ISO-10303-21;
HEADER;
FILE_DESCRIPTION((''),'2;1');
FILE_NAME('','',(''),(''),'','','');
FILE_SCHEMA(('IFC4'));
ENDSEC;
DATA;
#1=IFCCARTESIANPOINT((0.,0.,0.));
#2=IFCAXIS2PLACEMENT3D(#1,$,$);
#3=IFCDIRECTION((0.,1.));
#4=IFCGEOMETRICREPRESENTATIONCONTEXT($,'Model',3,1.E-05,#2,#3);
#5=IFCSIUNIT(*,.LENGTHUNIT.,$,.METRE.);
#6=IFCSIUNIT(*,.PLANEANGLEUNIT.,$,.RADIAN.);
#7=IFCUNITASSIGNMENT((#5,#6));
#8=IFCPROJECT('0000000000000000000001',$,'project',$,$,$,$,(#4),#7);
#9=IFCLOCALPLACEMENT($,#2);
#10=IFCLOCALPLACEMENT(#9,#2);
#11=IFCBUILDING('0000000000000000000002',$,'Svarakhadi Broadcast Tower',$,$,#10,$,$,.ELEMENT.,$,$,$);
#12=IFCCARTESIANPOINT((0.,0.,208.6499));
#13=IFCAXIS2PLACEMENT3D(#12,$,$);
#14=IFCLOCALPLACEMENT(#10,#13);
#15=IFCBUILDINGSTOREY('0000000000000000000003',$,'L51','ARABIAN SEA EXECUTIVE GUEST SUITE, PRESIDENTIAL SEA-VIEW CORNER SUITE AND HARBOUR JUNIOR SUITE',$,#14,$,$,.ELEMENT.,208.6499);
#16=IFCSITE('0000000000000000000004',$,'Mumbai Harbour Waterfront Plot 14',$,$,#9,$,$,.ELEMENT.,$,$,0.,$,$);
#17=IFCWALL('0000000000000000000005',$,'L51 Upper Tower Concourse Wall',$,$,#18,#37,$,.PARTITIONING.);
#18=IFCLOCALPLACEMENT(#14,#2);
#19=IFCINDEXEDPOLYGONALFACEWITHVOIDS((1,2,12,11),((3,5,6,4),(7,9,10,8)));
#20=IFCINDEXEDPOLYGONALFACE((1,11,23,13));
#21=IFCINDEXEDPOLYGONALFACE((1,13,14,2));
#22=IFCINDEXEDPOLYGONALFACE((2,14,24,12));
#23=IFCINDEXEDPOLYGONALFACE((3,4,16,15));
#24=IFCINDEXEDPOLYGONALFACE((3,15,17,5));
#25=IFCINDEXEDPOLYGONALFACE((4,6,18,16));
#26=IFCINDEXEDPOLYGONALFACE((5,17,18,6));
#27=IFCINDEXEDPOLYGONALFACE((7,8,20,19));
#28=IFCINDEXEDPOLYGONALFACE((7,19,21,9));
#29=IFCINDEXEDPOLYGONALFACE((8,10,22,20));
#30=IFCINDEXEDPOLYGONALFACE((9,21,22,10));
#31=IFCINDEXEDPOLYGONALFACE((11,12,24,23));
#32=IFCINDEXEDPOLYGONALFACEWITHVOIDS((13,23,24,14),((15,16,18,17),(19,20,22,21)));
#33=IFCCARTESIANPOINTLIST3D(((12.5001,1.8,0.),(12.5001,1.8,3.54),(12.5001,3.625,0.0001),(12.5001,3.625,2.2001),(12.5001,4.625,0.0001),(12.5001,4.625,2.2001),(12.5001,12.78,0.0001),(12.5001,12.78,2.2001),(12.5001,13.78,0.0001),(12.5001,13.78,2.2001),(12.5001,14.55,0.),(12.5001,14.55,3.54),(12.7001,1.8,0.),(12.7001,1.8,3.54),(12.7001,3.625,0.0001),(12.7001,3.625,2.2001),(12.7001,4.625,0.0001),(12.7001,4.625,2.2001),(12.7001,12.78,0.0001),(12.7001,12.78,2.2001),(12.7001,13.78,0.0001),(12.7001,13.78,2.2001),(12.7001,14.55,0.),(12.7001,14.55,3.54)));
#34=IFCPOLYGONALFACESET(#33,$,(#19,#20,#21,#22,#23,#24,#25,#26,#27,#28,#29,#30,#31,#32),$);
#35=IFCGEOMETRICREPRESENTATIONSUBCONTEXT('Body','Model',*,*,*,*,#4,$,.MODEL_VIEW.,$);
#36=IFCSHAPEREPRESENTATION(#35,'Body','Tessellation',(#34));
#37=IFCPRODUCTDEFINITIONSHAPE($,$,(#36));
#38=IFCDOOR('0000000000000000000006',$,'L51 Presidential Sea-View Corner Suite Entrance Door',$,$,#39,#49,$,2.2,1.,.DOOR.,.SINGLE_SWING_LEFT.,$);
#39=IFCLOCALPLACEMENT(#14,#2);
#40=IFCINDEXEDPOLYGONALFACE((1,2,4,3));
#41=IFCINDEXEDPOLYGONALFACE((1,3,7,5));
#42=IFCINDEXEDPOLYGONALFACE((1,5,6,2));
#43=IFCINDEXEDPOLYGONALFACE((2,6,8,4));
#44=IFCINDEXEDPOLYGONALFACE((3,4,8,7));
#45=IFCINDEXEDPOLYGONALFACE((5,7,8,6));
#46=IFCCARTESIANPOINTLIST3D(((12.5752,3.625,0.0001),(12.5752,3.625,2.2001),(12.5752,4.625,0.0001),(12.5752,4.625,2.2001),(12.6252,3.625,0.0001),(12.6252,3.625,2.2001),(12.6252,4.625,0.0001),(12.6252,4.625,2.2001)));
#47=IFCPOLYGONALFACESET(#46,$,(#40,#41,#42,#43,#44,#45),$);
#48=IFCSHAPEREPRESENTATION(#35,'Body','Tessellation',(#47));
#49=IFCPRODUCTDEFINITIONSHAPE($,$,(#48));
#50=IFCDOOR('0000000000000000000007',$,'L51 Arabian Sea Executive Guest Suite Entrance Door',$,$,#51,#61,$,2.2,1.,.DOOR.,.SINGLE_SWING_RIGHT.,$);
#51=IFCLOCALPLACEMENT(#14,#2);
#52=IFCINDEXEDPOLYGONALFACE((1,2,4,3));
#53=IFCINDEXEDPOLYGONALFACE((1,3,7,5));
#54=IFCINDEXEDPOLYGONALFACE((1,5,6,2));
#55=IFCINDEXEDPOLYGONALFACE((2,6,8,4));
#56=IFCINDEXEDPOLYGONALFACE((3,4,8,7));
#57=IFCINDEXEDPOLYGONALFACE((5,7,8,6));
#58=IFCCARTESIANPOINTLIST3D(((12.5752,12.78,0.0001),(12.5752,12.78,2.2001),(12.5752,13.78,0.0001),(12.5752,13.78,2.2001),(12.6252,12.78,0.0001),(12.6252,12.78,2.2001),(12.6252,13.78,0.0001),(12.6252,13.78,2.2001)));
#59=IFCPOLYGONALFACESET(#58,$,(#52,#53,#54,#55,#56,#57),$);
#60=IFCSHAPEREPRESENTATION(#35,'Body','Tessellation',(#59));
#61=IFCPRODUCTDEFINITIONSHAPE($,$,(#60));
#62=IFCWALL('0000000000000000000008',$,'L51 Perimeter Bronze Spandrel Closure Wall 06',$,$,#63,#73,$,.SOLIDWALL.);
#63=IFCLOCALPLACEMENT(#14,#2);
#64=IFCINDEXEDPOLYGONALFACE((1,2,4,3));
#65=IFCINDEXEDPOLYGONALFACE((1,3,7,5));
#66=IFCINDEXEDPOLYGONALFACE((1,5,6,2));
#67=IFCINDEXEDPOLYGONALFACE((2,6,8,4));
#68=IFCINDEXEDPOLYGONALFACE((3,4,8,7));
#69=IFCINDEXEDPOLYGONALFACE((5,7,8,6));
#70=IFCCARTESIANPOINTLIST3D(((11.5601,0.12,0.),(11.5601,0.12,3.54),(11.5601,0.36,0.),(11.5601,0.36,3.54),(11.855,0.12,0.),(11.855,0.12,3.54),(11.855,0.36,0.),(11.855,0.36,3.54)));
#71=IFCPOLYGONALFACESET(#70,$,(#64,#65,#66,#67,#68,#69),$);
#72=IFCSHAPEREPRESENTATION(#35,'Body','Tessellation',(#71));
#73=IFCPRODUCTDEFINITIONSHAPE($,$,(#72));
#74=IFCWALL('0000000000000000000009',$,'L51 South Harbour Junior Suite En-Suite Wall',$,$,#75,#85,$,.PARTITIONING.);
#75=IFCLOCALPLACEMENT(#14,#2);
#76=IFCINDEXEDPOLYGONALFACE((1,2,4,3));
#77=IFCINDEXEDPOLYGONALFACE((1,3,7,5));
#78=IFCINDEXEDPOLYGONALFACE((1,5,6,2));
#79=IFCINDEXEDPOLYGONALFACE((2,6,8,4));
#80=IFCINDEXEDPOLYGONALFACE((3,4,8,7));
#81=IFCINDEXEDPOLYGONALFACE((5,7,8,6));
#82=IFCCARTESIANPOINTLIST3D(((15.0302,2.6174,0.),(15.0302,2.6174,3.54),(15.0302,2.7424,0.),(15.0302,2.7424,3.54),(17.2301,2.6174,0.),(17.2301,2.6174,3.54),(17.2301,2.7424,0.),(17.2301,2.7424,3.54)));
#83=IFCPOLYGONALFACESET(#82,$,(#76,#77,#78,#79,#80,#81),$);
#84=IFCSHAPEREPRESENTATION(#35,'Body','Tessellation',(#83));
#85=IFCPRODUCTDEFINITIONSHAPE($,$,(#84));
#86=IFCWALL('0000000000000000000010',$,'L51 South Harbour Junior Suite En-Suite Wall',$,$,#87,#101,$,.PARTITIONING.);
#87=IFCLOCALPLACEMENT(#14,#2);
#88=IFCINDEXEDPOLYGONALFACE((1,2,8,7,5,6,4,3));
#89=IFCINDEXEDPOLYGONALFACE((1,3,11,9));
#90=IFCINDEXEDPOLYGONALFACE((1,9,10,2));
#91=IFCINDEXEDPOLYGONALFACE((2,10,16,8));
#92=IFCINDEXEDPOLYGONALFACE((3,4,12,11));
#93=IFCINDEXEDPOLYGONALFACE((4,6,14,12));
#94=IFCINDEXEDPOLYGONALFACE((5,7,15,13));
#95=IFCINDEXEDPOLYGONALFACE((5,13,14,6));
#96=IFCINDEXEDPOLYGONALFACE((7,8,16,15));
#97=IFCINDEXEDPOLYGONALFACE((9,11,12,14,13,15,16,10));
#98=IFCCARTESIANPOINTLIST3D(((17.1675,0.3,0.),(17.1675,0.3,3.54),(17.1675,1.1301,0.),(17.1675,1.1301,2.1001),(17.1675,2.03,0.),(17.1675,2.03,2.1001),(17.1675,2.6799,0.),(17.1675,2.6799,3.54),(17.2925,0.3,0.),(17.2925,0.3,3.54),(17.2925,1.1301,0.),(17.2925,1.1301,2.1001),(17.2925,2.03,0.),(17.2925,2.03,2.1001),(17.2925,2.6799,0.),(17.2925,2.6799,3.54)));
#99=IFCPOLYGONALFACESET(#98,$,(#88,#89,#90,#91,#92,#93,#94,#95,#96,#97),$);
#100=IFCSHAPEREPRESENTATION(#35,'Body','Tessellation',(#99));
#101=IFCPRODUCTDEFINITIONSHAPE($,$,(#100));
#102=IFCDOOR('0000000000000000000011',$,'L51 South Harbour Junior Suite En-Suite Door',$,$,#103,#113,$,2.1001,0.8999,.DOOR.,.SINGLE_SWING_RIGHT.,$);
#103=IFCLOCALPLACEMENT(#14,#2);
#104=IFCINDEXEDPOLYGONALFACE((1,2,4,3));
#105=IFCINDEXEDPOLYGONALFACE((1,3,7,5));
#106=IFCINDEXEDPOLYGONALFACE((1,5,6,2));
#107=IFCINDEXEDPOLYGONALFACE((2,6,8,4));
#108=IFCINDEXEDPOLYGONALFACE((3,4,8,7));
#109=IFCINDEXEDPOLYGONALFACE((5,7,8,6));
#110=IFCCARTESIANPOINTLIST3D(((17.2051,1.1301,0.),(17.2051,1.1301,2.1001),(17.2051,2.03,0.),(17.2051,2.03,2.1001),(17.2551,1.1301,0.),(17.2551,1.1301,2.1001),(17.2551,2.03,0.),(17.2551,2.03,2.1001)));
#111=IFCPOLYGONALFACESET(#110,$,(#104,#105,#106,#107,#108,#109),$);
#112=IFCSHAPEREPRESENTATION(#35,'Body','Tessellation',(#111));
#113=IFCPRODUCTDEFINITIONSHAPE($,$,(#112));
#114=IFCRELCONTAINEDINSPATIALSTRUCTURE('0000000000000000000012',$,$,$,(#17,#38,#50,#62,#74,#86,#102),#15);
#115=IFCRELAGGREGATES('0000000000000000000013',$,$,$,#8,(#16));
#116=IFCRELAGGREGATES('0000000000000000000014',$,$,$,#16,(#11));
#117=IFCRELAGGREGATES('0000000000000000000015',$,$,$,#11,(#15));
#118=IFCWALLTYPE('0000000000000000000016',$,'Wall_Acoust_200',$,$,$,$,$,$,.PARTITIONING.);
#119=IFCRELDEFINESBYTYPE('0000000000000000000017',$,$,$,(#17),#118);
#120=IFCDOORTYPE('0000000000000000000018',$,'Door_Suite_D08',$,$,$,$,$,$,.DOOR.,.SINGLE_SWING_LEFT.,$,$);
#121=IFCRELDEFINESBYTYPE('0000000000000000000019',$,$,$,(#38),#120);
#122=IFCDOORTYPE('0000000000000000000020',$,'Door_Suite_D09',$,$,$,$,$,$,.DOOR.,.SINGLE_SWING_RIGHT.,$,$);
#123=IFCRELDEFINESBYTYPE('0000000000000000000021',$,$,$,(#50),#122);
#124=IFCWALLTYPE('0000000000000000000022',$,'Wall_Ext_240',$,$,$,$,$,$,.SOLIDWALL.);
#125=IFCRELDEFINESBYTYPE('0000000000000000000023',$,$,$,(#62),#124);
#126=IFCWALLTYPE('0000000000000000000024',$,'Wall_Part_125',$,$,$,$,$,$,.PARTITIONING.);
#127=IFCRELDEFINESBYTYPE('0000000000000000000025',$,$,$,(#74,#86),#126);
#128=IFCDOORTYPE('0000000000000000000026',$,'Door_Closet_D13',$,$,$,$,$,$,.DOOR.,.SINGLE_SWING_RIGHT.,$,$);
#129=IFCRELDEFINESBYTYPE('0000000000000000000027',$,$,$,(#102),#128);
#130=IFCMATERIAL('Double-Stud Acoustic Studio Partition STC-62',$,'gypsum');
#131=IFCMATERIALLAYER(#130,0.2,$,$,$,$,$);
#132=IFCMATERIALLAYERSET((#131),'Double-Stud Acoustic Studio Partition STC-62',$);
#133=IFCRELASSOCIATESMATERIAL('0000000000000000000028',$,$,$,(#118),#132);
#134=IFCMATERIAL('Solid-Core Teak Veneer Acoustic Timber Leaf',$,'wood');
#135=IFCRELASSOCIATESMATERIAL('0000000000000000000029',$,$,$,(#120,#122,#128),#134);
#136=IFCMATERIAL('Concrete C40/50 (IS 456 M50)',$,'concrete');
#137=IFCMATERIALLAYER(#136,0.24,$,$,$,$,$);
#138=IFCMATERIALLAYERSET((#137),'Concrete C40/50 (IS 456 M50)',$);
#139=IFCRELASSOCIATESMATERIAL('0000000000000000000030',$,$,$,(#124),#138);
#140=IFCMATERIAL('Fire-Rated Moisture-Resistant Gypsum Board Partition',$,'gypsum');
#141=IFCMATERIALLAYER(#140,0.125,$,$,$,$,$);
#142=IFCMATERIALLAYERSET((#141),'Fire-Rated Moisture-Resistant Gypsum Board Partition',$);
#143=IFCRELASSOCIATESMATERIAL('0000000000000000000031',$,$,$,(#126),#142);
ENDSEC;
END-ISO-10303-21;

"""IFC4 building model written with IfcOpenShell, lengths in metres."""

from ifc_helpers import new_model, si_unit, direction, frame, frame_2d, origin, place, context, subcontext, project, spatial, rectangle, extrude, material, layer, layer_set, type_object, element, fill, save


model = new_model("IFC4")

# Units and contexts
model_context = context("Model", 3, precision=1e-05, world=origin(), true_north=direction((0.0, 1.0)))
body_context = subcontext(model_context, "Body", "Model", "MODEL_VIEW")
ifc_project = project(units=[si_unit("LENGTHUNIT", "METRE"), si_unit("PLANEANGLEUNIT", "RADIAN")], contexts=[model_context])

# Site, building, storey
site_placement = place(None, origin())
site = spatial("IfcSite", under=ifc_project, at=site_placement, Name="Mumbai Harbour Waterfront Plot 14", CompositionType="ELEMENT", RefElevation=0.0)
building_placement = place(site_placement, origin())
building = spatial("IfcBuilding", under=site, at=building_placement, Name="Svarakhadi Broadcast Tower", CompositionType="ELEMENT")
storey_placement = place(building_placement, frame((0.0, 0.0, 208.6499)))
storey = spatial("IfcBuildingStorey", under=building, at=storey_placement, Name="L51", Description="ARABIAN SEA EXECUTIVE GUEST SUITE, PRESIDENTIAL SEA-VIEW CORNER SUITE AND HARBOUR JUNIOR SUITE", CompositionType="ELEMENT", Elevation=208.6499)

# Shared definitions
ifc_material_1 = material(Name="Double-Stud Acoustic Studio Partition STC-62", Category="gypsum")
ifc_layer_1 = layer(ifc_material_1, 0.2)
ifc_layer_set_1 = layer_set([ifc_layer_1], Name="Double-Stud Acoustic Studio Partition STC-62")
wall_type_1 = type_object("IfcWallType", Name="Wall_Acoust_200", PredefinedType="PARTITIONING", material=ifc_layer_set_1)

# Wall, openings, doors
wall_1_placement = place(storey_placement, frame((12.6001, 1.8, 0.0), z_axis=(0.0, 0.0, 1.0), x_axis=(0.0, 1.0, 0.0)))
wall_1 = element("IfcWall", 1, at=wall_1_placement, inside=storey, type_object=wall_type_1, Name="L51 Upper Tower Concourse Wall", PredefinedType="PARTITIONING", context=body_context, shape_type="SweptSolid", body=[
    extrude(rectangle(XDim=12.75, YDim=0.2, at=frame_2d((6.375, 0.0))), origin(), (0.0, 0.0, 1.0), 3.54),
])
opening_1_placement = place(wall_1_placement, frame((1.825, 0.0, 0.0)))
opening_1 = element("IfcOpeningElement", 2, at=opening_1_placement, cuts=wall_1, PredefinedType="OPENING", context=body_context, shape_type="SweptSolid", body=[
    extrude(rectangle(XDim=1.0, YDim=2.2, at=frame_2d((0.5, 1.1001))), frame((0.0, 0.1099, 0.0), z_axis=(0.0, -1.0, 0.0), x_axis=(1.0, 0.0, 0.0)), (0.0, 0.0, 1.0), 0.22),
])
opening_2_placement = place(wall_1_placement, frame((10.98, 0.0, 0.0)))
opening_2 = element("IfcOpeningElement", 3, at=opening_2_placement, cuts=wall_1, PredefinedType="OPENING", context=body_context, shape_type="SweptSolid", body=[
    extrude(rectangle(XDim=1.0, YDim=2.2, at=frame_2d((0.5, 1.1001))), frame((0.0, 0.1099, 0.0), z_axis=(0.0, -1.0, 0.0), x_axis=(1.0, 0.0, 0.0)), (0.0, 0.0, 1.0), 0.22),
])
ifc_material_2 = material(Name="Solid-Core Teak Veneer Acoustic Timber Leaf", Category="wood")
door_type_1 = type_object("IfcDoorType", Name="Door_Suite_D08", OperationType="SINGLE_SWING_LEFT", PredefinedType="DOOR", material=ifc_material_2)
door_1_placement = place(opening_1_placement, origin())
door_1 = element("IfcDoor", 4, at=door_1_placement, inside=storey, type_object=door_type_1, Name="L51 Presidential Sea-View Corner Suite Entrance Door", OperationType="SINGLE_SWING_LEFT", OverallHeight=2.2, OverallWidth=1.0, PredefinedType="DOOR", context=body_context, shape_type="SweptSolid", body=[
    extrude(rectangle(XDim=1.0, YDim=2.2, at=frame_2d((0.5, 1.1001))), frame((0.0, 0.0249, 0.0), z_axis=(0.0, -1.0, 0.0), x_axis=(1.0, 0.0, 0.0)), (0.0, 0.0, 1.0), 0.05),
])
fill(opening_1, door_1)
door_type_2 = type_object("IfcDoorType", Name="Door_Suite_D09", OperationType="SINGLE_SWING_RIGHT", PredefinedType="DOOR", material=ifc_material_2)
door_2_placement = place(opening_2_placement, origin())
door_2 = element("IfcDoor", 5, at=door_2_placement, inside=storey, type_object=door_type_2, Name="L51 Arabian Sea Executive Guest Suite Entrance Door", OperationType="SINGLE_SWING_RIGHT", OverallHeight=2.2, OverallWidth=1.0, PredefinedType="DOOR", context=body_context, shape_type="SweptSolid", body=[
    extrude(rectangle(XDim=1.0, YDim=2.2, at=frame_2d((0.5, 1.1001))), frame((0.0, 0.0249, 0.0), z_axis=(0.0, -1.0, 0.0), x_axis=(1.0, 0.0, 0.0)), (0.0, 0.0, 1.0), 0.05),
])
fill(opening_2, door_2)

# Walls
ifc_material_3 = material(Name="Concrete C40/50 (IS 456 M50)", Category="concrete")
ifc_layer_2 = layer(ifc_material_3, 0.24)
ifc_layer_set_2 = layer_set([ifc_layer_2], Name="Concrete C40/50 (IS 456 M50)")
wall_type_2 = type_object("IfcWallType", Name="Wall_Ext_240", PredefinedType="SOLIDWALL", material=ifc_layer_set_2)
wall_2_placement = place(storey_placement, frame((11.855, 0.24, 0.0), z_axis=(0.0, 0.0, 1.0), x_axis=(-1.0, 0.0, 0.0)))
element("IfcWall", 6, at=wall_2_placement, inside=storey, type_object=wall_type_2, Name="L51 Perimeter Bronze Spandrel Closure Wall 06", PredefinedType="SOLIDWALL", context=body_context, shape_type="SweptSolid", body=[
    extrude(rectangle(XDim=0.2949, YDim=0.24, at=frame_2d((0.1475, 0.0))), origin(), (0.0, 0.0, 1.0), 3.54),
])
ifc_material_4 = material(Name="Fire-Rated Moisture-Resistant Gypsum Board Partition", Category="gypsum")
ifc_layer_3 = layer(ifc_material_4, 0.125)
ifc_layer_set_3 = layer_set([ifc_layer_3], Name="Fire-Rated Moisture-Resistant Gypsum Board Partition")
wall_type_3 = type_object("IfcWallType", Name="Wall_Part_125", PredefinedType="PARTITIONING", material=ifc_layer_set_3)
wall_3_placement = place(storey_placement, frame((15.03, 2.6799, 0.0), z_axis=(0.0, 0.0, 1.0), x_axis=(1.0, 0.0, 0.0)))
element("IfcWall", 7, at=wall_3_placement, inside=storey, type_object=wall_type_3, Name="L51 South Harbour Junior Suite En-Suite Wall", PredefinedType="PARTITIONING", context=body_context, shape_type="SweptSolid", body=[
    extrude(rectangle(XDim=2.2, YDim=0.125, at=frame_2d((1.1001, 0.0))), origin(), (0.0, 0.0, 1.0), 3.54),
])

# Wall, opening, door
wall_4_placement = place(storey_placement, frame((17.23, 0.3, 0.0), z_axis=(0.0, 0.0, 1.0), x_axis=(0.0, 1.0, 0.0)))
wall_4 = element("IfcWall", 8, at=wall_4_placement, inside=storey, type_object=wall_type_3, Name="L51 South Harbour Junior Suite En-Suite Wall", PredefinedType="PARTITIONING", context=body_context, shape_type="SweptSolid", body=[
    extrude(rectangle(XDim=2.3799, YDim=0.125, at=frame_2d((1.1899, 0.0))), origin(), (0.0, 0.0, 1.0), 3.54),
])
opening_3_placement = place(wall_4_placement, frame((0.8301, 0.0, 0.0)))
opening_3 = element("IfcOpeningElement", 9, at=opening_3_placement, cuts=wall_4, PredefinedType="OPENING", context=body_context, shape_type="SweptSolid", body=[
    extrude(rectangle(XDim=0.8999, YDim=2.1001, at=frame_2d((0.45, 1.05))), frame((0.0, 0.0725, 0.0), z_axis=(0.0, -1.0, 0.0), x_axis=(1.0, 0.0, 0.0)), (0.0, 0.0, 1.0), 0.145),
])
door_type_3 = type_object("IfcDoorType", Name="Door_Closet_D13", OperationType="SINGLE_SWING_RIGHT", PredefinedType="DOOR", material=ifc_material_2)
door_3_placement = place(opening_3_placement, origin())
door_3 = element("IfcDoor", 10, at=door_3_placement, inside=storey, type_object=door_type_3, Name="L51 South Harbour Junior Suite En-Suite Door", OperationType="SINGLE_SWING_RIGHT", OverallHeight=2.1001, OverallWidth=0.8999, PredefinedType="DOOR", context=body_context, shape_type="SweptSolid", body=[
    extrude(rectangle(XDim=0.8999, YDim=2.1001, at=frame_2d((0.45, 1.05))), frame((0.0, 0.0249, 0.0), z_axis=(0.0, -1.0, 0.0), x_axis=(1.0, 0.0, 0.0)), (0.0, 0.0, 1.0), 0.05),
])
fill(opening_3, door_3)

save(model, "model.ifc")
